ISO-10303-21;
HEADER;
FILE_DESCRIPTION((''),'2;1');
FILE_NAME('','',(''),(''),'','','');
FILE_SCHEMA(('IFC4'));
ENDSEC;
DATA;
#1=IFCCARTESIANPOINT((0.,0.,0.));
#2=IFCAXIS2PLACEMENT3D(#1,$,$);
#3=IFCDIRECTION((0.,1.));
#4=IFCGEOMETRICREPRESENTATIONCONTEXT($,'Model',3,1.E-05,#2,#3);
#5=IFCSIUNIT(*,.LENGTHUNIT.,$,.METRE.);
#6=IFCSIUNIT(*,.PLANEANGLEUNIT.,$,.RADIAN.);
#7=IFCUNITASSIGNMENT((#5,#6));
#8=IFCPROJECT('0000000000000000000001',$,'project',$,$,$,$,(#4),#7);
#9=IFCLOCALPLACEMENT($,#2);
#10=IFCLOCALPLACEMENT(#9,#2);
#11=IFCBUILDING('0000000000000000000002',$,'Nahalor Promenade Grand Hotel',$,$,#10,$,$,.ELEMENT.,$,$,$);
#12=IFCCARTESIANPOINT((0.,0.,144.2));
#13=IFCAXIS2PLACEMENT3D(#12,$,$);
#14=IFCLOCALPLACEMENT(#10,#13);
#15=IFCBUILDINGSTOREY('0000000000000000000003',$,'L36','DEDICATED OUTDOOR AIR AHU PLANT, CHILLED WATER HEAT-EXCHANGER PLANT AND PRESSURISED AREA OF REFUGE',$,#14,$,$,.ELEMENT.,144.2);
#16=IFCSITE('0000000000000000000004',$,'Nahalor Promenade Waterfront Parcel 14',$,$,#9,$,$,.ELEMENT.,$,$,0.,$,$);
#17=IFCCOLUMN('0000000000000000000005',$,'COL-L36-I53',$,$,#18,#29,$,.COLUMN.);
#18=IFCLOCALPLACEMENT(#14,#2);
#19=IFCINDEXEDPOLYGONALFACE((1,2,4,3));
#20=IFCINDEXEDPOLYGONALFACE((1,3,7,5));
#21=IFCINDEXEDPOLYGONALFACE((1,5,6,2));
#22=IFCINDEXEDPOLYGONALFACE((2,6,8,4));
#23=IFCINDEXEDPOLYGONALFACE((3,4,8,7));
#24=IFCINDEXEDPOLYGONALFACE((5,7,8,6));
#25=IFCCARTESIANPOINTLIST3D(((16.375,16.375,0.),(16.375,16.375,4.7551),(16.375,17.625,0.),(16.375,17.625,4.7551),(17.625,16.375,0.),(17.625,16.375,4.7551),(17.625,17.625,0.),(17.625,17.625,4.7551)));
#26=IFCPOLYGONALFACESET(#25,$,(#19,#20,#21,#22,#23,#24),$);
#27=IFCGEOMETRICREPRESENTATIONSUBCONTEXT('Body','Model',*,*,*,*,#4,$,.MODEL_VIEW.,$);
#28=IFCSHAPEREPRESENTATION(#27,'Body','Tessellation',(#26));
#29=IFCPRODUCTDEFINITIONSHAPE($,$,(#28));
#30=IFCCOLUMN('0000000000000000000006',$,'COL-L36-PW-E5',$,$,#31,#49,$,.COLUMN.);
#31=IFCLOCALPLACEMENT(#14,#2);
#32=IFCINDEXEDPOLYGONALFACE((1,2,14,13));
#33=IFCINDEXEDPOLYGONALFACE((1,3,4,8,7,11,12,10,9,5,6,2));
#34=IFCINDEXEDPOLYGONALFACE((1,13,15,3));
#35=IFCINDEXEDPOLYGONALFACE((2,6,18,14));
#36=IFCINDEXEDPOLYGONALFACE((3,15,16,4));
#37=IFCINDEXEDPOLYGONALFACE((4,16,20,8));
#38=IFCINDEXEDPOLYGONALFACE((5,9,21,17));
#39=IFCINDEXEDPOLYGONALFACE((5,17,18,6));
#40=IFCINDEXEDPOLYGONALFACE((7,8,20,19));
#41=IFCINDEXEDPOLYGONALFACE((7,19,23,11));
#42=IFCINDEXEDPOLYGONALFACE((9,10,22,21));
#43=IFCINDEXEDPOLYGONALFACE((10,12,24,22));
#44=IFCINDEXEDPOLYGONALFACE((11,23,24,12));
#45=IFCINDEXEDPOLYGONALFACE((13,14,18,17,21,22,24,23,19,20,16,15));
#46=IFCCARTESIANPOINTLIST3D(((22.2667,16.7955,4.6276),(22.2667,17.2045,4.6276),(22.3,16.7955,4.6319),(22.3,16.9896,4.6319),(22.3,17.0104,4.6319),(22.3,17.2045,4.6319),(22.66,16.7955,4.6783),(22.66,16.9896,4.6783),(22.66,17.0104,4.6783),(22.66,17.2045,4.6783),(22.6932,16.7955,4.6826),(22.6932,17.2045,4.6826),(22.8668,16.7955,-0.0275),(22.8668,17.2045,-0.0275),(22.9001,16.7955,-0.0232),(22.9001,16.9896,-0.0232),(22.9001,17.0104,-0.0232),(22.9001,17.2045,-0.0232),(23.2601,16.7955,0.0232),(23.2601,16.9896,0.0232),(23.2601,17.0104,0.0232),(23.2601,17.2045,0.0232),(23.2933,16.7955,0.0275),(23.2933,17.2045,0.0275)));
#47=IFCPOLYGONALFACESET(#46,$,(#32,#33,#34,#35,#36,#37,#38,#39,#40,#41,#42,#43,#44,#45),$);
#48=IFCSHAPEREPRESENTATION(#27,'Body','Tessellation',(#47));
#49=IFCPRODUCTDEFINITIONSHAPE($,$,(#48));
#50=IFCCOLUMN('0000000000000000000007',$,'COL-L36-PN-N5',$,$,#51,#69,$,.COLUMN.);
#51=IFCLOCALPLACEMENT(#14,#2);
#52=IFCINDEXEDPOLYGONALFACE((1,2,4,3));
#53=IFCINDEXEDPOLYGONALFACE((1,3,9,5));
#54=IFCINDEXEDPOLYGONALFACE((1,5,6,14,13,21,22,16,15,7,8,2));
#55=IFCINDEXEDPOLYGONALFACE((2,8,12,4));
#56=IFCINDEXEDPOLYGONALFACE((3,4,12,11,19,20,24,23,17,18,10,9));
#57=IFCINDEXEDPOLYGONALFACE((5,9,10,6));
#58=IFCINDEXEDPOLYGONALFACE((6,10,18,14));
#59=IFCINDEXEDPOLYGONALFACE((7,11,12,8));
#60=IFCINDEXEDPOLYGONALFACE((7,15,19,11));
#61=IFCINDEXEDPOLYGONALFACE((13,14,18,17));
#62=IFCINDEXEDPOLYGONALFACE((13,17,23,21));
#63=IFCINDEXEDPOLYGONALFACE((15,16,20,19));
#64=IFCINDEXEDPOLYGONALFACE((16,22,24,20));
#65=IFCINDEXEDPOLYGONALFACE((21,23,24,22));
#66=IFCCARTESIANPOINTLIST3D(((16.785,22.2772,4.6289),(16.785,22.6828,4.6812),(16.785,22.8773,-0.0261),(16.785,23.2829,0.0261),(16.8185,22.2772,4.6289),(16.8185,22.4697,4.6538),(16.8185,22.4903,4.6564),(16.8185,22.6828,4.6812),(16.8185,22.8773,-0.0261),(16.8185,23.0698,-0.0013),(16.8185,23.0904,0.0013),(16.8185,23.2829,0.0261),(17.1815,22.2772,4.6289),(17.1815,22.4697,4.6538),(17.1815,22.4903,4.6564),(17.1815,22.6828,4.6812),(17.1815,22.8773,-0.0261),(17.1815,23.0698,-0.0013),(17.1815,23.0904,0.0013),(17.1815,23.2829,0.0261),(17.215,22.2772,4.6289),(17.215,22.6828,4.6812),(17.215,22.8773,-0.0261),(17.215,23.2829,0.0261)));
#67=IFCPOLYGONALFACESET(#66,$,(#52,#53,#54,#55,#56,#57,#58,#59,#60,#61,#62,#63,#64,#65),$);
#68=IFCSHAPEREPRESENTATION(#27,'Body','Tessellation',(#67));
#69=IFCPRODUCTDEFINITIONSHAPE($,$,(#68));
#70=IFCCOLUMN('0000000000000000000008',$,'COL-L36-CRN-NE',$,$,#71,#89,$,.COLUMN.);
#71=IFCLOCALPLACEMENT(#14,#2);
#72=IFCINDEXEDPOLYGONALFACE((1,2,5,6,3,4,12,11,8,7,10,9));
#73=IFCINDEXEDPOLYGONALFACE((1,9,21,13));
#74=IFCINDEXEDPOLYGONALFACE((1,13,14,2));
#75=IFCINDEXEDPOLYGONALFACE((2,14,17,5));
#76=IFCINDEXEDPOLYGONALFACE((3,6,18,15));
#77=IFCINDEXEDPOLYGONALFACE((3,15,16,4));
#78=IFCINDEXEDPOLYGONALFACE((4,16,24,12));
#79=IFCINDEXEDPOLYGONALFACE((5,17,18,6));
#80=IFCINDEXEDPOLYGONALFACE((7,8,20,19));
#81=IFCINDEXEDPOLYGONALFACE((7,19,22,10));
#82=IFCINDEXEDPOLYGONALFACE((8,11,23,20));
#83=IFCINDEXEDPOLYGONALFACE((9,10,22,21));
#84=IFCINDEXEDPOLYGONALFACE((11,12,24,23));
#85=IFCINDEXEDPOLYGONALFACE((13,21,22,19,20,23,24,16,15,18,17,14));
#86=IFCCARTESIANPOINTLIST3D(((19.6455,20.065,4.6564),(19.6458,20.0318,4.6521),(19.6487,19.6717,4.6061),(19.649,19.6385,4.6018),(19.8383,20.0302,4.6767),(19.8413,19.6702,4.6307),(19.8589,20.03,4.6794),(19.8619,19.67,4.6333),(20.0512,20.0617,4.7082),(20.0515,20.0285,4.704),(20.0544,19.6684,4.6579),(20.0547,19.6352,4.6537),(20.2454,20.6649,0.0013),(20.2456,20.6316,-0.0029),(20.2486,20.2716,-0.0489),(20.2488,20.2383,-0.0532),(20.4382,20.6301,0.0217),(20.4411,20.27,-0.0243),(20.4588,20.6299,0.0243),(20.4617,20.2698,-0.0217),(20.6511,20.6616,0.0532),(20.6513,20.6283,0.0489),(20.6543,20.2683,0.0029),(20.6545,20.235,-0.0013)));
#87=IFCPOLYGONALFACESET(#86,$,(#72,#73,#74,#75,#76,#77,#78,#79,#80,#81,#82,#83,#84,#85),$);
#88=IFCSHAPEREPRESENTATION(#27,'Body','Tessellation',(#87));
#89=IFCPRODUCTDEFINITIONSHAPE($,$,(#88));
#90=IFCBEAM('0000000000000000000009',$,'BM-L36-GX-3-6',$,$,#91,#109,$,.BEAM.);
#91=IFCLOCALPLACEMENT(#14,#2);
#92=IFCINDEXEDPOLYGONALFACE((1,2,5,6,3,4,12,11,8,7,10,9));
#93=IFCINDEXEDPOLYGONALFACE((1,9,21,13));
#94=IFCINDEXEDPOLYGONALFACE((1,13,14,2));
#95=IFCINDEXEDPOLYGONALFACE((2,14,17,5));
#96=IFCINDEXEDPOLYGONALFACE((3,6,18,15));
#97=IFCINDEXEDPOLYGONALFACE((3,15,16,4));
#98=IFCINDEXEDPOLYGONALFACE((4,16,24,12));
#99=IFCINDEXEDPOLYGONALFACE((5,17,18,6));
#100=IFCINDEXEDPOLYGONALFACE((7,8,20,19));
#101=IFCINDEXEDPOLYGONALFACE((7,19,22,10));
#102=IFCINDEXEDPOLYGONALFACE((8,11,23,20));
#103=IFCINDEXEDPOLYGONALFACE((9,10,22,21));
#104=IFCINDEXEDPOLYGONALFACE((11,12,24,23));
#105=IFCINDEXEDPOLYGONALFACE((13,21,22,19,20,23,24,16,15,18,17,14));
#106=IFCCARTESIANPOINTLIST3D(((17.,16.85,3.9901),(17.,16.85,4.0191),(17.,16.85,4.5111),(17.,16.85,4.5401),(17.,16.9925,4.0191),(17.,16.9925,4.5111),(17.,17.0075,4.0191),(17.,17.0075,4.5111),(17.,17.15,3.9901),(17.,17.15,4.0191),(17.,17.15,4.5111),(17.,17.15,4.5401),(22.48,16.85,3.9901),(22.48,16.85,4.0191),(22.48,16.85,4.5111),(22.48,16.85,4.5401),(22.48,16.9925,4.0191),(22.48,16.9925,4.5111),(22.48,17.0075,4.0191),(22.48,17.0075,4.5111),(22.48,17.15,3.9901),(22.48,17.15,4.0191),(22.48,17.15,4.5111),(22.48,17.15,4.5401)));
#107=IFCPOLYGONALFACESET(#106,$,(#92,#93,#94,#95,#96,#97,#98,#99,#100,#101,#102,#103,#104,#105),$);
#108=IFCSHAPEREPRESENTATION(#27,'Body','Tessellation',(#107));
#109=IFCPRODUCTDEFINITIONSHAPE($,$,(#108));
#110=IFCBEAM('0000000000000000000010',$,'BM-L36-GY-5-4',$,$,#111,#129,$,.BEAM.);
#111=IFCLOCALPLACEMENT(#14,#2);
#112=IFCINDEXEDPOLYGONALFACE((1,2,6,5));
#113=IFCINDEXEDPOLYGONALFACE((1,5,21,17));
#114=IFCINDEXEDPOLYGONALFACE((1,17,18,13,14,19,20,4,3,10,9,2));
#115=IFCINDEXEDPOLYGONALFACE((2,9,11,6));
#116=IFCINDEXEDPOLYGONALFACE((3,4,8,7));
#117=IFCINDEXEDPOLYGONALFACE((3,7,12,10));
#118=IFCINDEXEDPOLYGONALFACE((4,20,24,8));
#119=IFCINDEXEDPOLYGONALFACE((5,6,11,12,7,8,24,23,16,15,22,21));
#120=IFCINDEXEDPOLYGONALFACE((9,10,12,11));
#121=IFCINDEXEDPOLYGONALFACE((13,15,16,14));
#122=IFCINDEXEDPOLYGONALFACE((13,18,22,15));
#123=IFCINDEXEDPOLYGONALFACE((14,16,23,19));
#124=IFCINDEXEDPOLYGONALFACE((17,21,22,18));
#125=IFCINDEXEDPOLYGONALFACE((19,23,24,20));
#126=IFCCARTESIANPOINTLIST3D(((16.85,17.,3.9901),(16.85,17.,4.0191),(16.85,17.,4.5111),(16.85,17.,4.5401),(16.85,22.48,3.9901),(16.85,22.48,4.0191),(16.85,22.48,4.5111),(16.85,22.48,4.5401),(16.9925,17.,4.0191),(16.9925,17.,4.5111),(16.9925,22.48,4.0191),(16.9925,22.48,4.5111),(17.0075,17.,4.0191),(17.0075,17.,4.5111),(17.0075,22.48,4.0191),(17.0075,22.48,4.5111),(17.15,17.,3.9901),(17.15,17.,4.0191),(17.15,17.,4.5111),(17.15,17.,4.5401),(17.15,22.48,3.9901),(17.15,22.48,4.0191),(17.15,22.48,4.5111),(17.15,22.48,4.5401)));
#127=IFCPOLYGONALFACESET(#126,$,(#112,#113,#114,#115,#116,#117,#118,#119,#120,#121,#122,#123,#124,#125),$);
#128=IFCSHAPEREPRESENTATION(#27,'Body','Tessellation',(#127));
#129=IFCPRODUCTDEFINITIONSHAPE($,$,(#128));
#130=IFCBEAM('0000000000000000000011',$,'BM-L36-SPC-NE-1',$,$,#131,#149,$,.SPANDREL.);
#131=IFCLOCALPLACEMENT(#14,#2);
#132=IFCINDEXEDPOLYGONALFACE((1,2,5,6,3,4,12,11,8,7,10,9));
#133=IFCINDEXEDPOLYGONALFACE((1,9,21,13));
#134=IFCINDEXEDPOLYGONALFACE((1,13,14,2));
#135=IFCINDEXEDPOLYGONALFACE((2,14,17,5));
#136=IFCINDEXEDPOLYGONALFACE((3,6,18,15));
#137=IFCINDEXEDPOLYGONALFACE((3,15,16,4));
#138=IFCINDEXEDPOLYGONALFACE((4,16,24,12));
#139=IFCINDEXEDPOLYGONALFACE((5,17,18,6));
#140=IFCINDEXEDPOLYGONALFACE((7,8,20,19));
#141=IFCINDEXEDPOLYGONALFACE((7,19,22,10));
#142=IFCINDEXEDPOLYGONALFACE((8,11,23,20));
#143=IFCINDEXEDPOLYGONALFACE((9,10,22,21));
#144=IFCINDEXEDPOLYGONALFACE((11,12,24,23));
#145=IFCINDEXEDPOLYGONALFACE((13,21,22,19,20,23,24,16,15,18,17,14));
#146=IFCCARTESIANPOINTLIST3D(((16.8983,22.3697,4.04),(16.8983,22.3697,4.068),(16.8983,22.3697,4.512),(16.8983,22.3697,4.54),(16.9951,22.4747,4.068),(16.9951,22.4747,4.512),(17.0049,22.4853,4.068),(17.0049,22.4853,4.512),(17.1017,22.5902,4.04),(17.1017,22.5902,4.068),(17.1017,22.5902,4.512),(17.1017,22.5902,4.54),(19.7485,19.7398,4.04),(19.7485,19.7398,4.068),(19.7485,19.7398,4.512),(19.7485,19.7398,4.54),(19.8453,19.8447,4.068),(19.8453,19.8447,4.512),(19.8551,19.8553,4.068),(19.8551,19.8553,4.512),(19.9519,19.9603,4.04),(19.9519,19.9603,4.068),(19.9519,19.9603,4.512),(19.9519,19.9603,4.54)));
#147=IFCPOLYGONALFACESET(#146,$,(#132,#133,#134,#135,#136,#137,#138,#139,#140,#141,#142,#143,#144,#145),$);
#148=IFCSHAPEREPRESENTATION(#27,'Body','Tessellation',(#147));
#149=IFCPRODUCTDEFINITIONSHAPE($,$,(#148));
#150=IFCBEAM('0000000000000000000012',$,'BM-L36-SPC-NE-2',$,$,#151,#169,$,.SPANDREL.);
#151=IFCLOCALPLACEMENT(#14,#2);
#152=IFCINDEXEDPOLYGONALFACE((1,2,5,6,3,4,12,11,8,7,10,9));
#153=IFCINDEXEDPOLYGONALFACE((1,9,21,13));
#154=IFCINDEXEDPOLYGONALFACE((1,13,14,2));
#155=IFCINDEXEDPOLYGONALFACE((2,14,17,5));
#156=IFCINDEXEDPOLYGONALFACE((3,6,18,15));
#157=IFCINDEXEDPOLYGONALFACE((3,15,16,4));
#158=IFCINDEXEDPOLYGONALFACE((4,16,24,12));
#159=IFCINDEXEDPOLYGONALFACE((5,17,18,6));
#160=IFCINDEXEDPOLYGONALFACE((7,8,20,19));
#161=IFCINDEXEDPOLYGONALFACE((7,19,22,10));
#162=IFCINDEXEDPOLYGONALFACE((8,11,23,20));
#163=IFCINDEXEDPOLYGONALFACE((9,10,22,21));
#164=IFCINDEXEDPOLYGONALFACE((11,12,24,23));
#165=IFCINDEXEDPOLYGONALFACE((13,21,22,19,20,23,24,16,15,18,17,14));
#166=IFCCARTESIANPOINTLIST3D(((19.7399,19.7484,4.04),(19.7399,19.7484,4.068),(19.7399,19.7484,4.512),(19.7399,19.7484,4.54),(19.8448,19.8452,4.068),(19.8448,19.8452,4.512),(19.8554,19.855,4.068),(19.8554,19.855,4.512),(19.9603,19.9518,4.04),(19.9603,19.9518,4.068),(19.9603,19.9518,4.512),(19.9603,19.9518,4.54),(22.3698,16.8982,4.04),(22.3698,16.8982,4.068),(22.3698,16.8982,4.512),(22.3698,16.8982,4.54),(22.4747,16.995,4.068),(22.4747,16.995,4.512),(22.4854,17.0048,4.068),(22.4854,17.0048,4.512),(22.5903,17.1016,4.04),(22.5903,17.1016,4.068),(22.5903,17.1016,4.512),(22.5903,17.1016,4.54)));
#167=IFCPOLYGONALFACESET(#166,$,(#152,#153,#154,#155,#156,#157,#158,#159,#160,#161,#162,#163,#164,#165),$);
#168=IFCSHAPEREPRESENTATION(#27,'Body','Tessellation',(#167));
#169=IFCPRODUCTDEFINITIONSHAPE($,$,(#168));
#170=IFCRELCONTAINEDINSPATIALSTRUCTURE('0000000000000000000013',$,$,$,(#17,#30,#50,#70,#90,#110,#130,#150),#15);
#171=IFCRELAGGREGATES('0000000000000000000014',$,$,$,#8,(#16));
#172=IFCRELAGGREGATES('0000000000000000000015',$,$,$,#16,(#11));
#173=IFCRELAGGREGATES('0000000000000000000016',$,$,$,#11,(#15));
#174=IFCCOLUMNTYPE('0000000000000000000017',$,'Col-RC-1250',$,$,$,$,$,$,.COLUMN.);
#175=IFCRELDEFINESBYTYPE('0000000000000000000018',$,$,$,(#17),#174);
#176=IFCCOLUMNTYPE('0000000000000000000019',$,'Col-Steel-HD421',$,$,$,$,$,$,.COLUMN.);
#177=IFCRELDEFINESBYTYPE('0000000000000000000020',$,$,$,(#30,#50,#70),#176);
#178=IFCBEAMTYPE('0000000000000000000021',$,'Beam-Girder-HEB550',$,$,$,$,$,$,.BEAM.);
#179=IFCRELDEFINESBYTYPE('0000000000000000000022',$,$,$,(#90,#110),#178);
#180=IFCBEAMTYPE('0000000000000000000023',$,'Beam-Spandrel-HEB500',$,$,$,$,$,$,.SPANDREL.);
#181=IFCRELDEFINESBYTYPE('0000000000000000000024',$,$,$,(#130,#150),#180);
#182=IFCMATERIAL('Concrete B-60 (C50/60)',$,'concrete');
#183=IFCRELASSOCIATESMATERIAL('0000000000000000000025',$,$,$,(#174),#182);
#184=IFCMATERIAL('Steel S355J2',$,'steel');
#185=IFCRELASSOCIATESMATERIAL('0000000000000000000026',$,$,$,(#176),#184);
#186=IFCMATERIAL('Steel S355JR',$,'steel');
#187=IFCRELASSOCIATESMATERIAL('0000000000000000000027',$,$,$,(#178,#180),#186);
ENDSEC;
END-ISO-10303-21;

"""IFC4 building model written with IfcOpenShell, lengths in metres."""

from ifc_helpers import new_model, si_unit, direction, frame, origin, origin_2d, place, context, subcontext, project, spatial, rectangle, i_section, extrude, source, transform, mapped, material, material_profile, profile_set, type_object, element, save


model = new_model("IFC4")

# Units and contexts
model_context = context("Model", 3, precision=1e-05, world=origin(), true_north=direction((0.0, 1.0)))
body_context = subcontext(model_context, "Body", "Model", "MODEL_VIEW")
ifc_project = project(units=[si_unit("LENGTHUNIT", "METRE"), si_unit("PLANEANGLEUNIT", "RADIAN")], contexts=[model_context])

# Site, building, storey
site_placement = place(None, origin())
site = spatial("IfcSite", under=ifc_project, at=site_placement, Name="Nahalor Promenade Waterfront Parcel 14", CompositionType="ELEMENT", RefElevation=0.0)
building_placement = place(site_placement, origin())
building = spatial("IfcBuilding", under=site, at=building_placement, Name="Nahalor Promenade Grand Hotel", CompositionType="ELEMENT")
storey_placement = place(building_placement, frame((0.0, 0.0, 144.2)))
storey = spatial("IfcBuildingStorey", under=building, at=storey_placement, Name="L36", Description="DEDICATED OUTDOOR AIR AHU PLANT, CHILLED WATER HEAT-EXCHANGER PLANT AND PRESSURISED AREA OF REFUGE", CompositionType="ELEMENT", Elevation=144.2)

# Columns
ifc_material_1 = material(Name="Concrete B-60 (C50/60)", Category="concrete")
ifc_material_profile_1 = material_profile(ifc_material_1, rectangle(XDim=1.25, YDim=1.25, at=origin_2d()), Name="RC 1250x1250")
ifc_profile_set_1 = profile_set([ifc_material_profile_1], Name="Concrete B-60 (C50/60)")
column_type_1 = type_object("IfcColumnType", Name="Col-RC-1250", PredefinedType="COLUMN", material=ifc_profile_set_1)
shared_shape_1 = source(origin(), body_context, "Body", "SweptSolid", [
    extrude(rectangle(XDim=1.25, YDim=1.25, at=origin_2d()), origin(), (0.0, 0.0, 1.0), 4.7551),
])
column_1_placement = place(storey_placement, frame((17.0, 17.0, 0.0), z_axis=(0.0, 0.0, 1.0), x_axis=(1.0, 0.0, 0.0)))
element("IfcColumn", 1, at=column_1_placement, inside=storey, type_object=column_type_1, Name="COL-L36-I53", PredefinedType="COLUMN", context=body_context, shape_type="MappedRepresentation", body=[
    mapped(shared_shape_1, transform((0.0, 0.0, 0.0), scale=1.0)),
])
ifc_material_2 = material(Name="Steel S355J2", Category="steel")
ifc_material_profile_2 = material_profile(ifc_material_2, i_section(OverallWidth=0.409, OverallDepth=0.43, WebThickness=0.0208, FlangeThickness=0.0335, at=origin_2d()), Name="HD 400x421")
ifc_profile_set_2 = profile_set([ifc_material_profile_2], Name="Steel S355J2")
column_type_2 = type_object("IfcColumnType", Name="Col-Steel-HD421", PredefinedType="COLUMN", material=ifc_profile_set_2)
shared_shape_2 = source(origin(), body_context, "Body", "SweptSolid", [
    extrude(i_section(OverallWidth=0.409, OverallDepth=0.43, WebThickness=0.0208, FlangeThickness=0.0335, at=origin_2d()), origin(), (0.0, 0.0, 1.0), 4.6936),
])
for number, where, z_axis, x_axis, name in (
    (2, (23.0801, 17.0, 0.0), (-0.127856, 0.0, 0.991793), (0.0, -1.0, 0.0), "COL-L36-PW-E5"),
    (3, (17.0, 23.0801, 0.0), (0.0, -0.127856, 0.991793), (0.0, 0.991793, 0.127856), "COL-L36-PN-N5"),
):
    element("IfcColumn", number, at=place(storey_placement, frame(where, z_axis=z_axis, x_axis=x_axis)), inside=storey, type_object=column_type_2, Name=name, PredefinedType="COLUMN", context=body_context, shape_type="MappedRepresentation", body=[
        mapped(shared_shape_2, transform((0.0, 0.0, 0.0), scale=1.0)),
    ])
shared_shape_3 = source(origin(), body_context, "Body", "SweptSolid", [
    extrude(i_section(OverallWidth=0.409, OverallDepth=0.43, WebThickness=0.0208, FlangeThickness=0.0335, at=origin_2d()), origin(), (0.0, 0.0, 1.0), 4.7317),
])
column_2_placement = place(storey_placement, frame((20.45, 20.45, 0.0), z_axis=(-0.126773, -0.126773, 0.983797), x_axis=(0.991899, -0.008101, 0.126773)))
element("IfcColumn", 4, at=column_2_placement, inside=storey, type_object=column_type_2, Name="COL-L36-CRN-NE", PredefinedType="COLUMN", context=body_context, shape_type="MappedRepresentation", body=[
    mapped(shared_shape_3, transform((0.0, 0.0, 0.0), scale=1.0)),
])

# Beams
ifc_material_3 = material(Name="Steel S355JR", Category="steel")
ifc_material_profile_3 = material_profile(ifc_material_3, i_section(OverallWidth=0.3, OverallDepth=0.55, WebThickness=0.015, FlangeThickness=0.029, at=origin_2d()), Name="HEB 550")
ifc_profile_set_3 = profile_set([ifc_material_profile_3], Name="Steel S355JR")
beam_type_1 = type_object("IfcBeamType", Name="Beam-Girder-HEB550", PredefinedType="BEAM", material=ifc_profile_set_3)
shared_shape_4 = source(origin(), body_context, "Body", "SweptSolid", [
    extrude(i_section(OverallWidth=0.3, OverallDepth=0.55, WebThickness=0.015, FlangeThickness=0.029, at=origin_2d()), origin(), (0.0, 0.0, 1.0), 5.48),
])
for number, where, z_axis, x_axis, name in (
    (5, (17.0, 17.0, 4.2651), (1.0, 0.0, 0.0), (0.0, 1.0, 0.0), "BM-L36-GX-3-6"),
    (6, (17.0, 17.0, 4.2651), (0.0, 1.0, 0.0), (-1.0, 0.0, 0.0), "BM-L36-GY-5-4"),
):
    element("IfcBeam", number, at=place(storey_placement, frame(where, z_axis=z_axis, x_axis=x_axis)), inside=storey, type_object=beam_type_1, Name=name, PredefinedType="BEAM", context=body_context, shape_type="MappedRepresentation", body=[
        mapped(shared_shape_4, transform((0.0, 0.0, 0.0), scale=1.0)),
    ])
ifc_material_profile_4 = material_profile(ifc_material_3, i_section(OverallWidth=0.3, OverallDepth=0.5, WebThickness=0.0145, FlangeThickness=0.028, at=origin_2d()), Name="HEB 500")
ifc_profile_set_4 = profile_set([ifc_material_profile_4], Name="Steel S355JR")
beam_type_2 = type_object("IfcBeamType", Name="Beam-Spandrel-HEB500", PredefinedType="SPANDREL", material=ifc_profile_set_4)
shared_shape_5 = source(origin(), body_context, "Body", "SweptSolid", [
    extrude(i_section(OverallWidth=0.3, OverallDepth=0.5, WebThickness=0.0145, FlangeThickness=0.028, at=origin_2d()), origin(), (0.0, 0.0, 1.0), 3.8782),
])
for number, where, z_axis, x_axis, name in (
    (7, (17.0, 22.48, 4.29), (0.734929, -0.678144, 0.0), (0.678144, 0.734929, 0.0), "BM-L36-SPC-NE-1"),
    (8, (19.8501, 19.8501, 4.29), (0.678144, -0.734929, 0.0), (0.734929, 0.678144, 0.0), "BM-L36-SPC-NE-2"),
):
    element("IfcBeam", number, at=place(storey_placement, frame(where, z_axis=z_axis, x_axis=x_axis)), inside=storey, type_object=beam_type_2, Name=name, PredefinedType="SPANDREL", context=body_context, shape_type="MappedRepresentation", body=[
        mapped(shared_shape_5, transform((0.0, 0.0, 0.0), scale=1.0)),
    ])

save(model, "model.ifc")
